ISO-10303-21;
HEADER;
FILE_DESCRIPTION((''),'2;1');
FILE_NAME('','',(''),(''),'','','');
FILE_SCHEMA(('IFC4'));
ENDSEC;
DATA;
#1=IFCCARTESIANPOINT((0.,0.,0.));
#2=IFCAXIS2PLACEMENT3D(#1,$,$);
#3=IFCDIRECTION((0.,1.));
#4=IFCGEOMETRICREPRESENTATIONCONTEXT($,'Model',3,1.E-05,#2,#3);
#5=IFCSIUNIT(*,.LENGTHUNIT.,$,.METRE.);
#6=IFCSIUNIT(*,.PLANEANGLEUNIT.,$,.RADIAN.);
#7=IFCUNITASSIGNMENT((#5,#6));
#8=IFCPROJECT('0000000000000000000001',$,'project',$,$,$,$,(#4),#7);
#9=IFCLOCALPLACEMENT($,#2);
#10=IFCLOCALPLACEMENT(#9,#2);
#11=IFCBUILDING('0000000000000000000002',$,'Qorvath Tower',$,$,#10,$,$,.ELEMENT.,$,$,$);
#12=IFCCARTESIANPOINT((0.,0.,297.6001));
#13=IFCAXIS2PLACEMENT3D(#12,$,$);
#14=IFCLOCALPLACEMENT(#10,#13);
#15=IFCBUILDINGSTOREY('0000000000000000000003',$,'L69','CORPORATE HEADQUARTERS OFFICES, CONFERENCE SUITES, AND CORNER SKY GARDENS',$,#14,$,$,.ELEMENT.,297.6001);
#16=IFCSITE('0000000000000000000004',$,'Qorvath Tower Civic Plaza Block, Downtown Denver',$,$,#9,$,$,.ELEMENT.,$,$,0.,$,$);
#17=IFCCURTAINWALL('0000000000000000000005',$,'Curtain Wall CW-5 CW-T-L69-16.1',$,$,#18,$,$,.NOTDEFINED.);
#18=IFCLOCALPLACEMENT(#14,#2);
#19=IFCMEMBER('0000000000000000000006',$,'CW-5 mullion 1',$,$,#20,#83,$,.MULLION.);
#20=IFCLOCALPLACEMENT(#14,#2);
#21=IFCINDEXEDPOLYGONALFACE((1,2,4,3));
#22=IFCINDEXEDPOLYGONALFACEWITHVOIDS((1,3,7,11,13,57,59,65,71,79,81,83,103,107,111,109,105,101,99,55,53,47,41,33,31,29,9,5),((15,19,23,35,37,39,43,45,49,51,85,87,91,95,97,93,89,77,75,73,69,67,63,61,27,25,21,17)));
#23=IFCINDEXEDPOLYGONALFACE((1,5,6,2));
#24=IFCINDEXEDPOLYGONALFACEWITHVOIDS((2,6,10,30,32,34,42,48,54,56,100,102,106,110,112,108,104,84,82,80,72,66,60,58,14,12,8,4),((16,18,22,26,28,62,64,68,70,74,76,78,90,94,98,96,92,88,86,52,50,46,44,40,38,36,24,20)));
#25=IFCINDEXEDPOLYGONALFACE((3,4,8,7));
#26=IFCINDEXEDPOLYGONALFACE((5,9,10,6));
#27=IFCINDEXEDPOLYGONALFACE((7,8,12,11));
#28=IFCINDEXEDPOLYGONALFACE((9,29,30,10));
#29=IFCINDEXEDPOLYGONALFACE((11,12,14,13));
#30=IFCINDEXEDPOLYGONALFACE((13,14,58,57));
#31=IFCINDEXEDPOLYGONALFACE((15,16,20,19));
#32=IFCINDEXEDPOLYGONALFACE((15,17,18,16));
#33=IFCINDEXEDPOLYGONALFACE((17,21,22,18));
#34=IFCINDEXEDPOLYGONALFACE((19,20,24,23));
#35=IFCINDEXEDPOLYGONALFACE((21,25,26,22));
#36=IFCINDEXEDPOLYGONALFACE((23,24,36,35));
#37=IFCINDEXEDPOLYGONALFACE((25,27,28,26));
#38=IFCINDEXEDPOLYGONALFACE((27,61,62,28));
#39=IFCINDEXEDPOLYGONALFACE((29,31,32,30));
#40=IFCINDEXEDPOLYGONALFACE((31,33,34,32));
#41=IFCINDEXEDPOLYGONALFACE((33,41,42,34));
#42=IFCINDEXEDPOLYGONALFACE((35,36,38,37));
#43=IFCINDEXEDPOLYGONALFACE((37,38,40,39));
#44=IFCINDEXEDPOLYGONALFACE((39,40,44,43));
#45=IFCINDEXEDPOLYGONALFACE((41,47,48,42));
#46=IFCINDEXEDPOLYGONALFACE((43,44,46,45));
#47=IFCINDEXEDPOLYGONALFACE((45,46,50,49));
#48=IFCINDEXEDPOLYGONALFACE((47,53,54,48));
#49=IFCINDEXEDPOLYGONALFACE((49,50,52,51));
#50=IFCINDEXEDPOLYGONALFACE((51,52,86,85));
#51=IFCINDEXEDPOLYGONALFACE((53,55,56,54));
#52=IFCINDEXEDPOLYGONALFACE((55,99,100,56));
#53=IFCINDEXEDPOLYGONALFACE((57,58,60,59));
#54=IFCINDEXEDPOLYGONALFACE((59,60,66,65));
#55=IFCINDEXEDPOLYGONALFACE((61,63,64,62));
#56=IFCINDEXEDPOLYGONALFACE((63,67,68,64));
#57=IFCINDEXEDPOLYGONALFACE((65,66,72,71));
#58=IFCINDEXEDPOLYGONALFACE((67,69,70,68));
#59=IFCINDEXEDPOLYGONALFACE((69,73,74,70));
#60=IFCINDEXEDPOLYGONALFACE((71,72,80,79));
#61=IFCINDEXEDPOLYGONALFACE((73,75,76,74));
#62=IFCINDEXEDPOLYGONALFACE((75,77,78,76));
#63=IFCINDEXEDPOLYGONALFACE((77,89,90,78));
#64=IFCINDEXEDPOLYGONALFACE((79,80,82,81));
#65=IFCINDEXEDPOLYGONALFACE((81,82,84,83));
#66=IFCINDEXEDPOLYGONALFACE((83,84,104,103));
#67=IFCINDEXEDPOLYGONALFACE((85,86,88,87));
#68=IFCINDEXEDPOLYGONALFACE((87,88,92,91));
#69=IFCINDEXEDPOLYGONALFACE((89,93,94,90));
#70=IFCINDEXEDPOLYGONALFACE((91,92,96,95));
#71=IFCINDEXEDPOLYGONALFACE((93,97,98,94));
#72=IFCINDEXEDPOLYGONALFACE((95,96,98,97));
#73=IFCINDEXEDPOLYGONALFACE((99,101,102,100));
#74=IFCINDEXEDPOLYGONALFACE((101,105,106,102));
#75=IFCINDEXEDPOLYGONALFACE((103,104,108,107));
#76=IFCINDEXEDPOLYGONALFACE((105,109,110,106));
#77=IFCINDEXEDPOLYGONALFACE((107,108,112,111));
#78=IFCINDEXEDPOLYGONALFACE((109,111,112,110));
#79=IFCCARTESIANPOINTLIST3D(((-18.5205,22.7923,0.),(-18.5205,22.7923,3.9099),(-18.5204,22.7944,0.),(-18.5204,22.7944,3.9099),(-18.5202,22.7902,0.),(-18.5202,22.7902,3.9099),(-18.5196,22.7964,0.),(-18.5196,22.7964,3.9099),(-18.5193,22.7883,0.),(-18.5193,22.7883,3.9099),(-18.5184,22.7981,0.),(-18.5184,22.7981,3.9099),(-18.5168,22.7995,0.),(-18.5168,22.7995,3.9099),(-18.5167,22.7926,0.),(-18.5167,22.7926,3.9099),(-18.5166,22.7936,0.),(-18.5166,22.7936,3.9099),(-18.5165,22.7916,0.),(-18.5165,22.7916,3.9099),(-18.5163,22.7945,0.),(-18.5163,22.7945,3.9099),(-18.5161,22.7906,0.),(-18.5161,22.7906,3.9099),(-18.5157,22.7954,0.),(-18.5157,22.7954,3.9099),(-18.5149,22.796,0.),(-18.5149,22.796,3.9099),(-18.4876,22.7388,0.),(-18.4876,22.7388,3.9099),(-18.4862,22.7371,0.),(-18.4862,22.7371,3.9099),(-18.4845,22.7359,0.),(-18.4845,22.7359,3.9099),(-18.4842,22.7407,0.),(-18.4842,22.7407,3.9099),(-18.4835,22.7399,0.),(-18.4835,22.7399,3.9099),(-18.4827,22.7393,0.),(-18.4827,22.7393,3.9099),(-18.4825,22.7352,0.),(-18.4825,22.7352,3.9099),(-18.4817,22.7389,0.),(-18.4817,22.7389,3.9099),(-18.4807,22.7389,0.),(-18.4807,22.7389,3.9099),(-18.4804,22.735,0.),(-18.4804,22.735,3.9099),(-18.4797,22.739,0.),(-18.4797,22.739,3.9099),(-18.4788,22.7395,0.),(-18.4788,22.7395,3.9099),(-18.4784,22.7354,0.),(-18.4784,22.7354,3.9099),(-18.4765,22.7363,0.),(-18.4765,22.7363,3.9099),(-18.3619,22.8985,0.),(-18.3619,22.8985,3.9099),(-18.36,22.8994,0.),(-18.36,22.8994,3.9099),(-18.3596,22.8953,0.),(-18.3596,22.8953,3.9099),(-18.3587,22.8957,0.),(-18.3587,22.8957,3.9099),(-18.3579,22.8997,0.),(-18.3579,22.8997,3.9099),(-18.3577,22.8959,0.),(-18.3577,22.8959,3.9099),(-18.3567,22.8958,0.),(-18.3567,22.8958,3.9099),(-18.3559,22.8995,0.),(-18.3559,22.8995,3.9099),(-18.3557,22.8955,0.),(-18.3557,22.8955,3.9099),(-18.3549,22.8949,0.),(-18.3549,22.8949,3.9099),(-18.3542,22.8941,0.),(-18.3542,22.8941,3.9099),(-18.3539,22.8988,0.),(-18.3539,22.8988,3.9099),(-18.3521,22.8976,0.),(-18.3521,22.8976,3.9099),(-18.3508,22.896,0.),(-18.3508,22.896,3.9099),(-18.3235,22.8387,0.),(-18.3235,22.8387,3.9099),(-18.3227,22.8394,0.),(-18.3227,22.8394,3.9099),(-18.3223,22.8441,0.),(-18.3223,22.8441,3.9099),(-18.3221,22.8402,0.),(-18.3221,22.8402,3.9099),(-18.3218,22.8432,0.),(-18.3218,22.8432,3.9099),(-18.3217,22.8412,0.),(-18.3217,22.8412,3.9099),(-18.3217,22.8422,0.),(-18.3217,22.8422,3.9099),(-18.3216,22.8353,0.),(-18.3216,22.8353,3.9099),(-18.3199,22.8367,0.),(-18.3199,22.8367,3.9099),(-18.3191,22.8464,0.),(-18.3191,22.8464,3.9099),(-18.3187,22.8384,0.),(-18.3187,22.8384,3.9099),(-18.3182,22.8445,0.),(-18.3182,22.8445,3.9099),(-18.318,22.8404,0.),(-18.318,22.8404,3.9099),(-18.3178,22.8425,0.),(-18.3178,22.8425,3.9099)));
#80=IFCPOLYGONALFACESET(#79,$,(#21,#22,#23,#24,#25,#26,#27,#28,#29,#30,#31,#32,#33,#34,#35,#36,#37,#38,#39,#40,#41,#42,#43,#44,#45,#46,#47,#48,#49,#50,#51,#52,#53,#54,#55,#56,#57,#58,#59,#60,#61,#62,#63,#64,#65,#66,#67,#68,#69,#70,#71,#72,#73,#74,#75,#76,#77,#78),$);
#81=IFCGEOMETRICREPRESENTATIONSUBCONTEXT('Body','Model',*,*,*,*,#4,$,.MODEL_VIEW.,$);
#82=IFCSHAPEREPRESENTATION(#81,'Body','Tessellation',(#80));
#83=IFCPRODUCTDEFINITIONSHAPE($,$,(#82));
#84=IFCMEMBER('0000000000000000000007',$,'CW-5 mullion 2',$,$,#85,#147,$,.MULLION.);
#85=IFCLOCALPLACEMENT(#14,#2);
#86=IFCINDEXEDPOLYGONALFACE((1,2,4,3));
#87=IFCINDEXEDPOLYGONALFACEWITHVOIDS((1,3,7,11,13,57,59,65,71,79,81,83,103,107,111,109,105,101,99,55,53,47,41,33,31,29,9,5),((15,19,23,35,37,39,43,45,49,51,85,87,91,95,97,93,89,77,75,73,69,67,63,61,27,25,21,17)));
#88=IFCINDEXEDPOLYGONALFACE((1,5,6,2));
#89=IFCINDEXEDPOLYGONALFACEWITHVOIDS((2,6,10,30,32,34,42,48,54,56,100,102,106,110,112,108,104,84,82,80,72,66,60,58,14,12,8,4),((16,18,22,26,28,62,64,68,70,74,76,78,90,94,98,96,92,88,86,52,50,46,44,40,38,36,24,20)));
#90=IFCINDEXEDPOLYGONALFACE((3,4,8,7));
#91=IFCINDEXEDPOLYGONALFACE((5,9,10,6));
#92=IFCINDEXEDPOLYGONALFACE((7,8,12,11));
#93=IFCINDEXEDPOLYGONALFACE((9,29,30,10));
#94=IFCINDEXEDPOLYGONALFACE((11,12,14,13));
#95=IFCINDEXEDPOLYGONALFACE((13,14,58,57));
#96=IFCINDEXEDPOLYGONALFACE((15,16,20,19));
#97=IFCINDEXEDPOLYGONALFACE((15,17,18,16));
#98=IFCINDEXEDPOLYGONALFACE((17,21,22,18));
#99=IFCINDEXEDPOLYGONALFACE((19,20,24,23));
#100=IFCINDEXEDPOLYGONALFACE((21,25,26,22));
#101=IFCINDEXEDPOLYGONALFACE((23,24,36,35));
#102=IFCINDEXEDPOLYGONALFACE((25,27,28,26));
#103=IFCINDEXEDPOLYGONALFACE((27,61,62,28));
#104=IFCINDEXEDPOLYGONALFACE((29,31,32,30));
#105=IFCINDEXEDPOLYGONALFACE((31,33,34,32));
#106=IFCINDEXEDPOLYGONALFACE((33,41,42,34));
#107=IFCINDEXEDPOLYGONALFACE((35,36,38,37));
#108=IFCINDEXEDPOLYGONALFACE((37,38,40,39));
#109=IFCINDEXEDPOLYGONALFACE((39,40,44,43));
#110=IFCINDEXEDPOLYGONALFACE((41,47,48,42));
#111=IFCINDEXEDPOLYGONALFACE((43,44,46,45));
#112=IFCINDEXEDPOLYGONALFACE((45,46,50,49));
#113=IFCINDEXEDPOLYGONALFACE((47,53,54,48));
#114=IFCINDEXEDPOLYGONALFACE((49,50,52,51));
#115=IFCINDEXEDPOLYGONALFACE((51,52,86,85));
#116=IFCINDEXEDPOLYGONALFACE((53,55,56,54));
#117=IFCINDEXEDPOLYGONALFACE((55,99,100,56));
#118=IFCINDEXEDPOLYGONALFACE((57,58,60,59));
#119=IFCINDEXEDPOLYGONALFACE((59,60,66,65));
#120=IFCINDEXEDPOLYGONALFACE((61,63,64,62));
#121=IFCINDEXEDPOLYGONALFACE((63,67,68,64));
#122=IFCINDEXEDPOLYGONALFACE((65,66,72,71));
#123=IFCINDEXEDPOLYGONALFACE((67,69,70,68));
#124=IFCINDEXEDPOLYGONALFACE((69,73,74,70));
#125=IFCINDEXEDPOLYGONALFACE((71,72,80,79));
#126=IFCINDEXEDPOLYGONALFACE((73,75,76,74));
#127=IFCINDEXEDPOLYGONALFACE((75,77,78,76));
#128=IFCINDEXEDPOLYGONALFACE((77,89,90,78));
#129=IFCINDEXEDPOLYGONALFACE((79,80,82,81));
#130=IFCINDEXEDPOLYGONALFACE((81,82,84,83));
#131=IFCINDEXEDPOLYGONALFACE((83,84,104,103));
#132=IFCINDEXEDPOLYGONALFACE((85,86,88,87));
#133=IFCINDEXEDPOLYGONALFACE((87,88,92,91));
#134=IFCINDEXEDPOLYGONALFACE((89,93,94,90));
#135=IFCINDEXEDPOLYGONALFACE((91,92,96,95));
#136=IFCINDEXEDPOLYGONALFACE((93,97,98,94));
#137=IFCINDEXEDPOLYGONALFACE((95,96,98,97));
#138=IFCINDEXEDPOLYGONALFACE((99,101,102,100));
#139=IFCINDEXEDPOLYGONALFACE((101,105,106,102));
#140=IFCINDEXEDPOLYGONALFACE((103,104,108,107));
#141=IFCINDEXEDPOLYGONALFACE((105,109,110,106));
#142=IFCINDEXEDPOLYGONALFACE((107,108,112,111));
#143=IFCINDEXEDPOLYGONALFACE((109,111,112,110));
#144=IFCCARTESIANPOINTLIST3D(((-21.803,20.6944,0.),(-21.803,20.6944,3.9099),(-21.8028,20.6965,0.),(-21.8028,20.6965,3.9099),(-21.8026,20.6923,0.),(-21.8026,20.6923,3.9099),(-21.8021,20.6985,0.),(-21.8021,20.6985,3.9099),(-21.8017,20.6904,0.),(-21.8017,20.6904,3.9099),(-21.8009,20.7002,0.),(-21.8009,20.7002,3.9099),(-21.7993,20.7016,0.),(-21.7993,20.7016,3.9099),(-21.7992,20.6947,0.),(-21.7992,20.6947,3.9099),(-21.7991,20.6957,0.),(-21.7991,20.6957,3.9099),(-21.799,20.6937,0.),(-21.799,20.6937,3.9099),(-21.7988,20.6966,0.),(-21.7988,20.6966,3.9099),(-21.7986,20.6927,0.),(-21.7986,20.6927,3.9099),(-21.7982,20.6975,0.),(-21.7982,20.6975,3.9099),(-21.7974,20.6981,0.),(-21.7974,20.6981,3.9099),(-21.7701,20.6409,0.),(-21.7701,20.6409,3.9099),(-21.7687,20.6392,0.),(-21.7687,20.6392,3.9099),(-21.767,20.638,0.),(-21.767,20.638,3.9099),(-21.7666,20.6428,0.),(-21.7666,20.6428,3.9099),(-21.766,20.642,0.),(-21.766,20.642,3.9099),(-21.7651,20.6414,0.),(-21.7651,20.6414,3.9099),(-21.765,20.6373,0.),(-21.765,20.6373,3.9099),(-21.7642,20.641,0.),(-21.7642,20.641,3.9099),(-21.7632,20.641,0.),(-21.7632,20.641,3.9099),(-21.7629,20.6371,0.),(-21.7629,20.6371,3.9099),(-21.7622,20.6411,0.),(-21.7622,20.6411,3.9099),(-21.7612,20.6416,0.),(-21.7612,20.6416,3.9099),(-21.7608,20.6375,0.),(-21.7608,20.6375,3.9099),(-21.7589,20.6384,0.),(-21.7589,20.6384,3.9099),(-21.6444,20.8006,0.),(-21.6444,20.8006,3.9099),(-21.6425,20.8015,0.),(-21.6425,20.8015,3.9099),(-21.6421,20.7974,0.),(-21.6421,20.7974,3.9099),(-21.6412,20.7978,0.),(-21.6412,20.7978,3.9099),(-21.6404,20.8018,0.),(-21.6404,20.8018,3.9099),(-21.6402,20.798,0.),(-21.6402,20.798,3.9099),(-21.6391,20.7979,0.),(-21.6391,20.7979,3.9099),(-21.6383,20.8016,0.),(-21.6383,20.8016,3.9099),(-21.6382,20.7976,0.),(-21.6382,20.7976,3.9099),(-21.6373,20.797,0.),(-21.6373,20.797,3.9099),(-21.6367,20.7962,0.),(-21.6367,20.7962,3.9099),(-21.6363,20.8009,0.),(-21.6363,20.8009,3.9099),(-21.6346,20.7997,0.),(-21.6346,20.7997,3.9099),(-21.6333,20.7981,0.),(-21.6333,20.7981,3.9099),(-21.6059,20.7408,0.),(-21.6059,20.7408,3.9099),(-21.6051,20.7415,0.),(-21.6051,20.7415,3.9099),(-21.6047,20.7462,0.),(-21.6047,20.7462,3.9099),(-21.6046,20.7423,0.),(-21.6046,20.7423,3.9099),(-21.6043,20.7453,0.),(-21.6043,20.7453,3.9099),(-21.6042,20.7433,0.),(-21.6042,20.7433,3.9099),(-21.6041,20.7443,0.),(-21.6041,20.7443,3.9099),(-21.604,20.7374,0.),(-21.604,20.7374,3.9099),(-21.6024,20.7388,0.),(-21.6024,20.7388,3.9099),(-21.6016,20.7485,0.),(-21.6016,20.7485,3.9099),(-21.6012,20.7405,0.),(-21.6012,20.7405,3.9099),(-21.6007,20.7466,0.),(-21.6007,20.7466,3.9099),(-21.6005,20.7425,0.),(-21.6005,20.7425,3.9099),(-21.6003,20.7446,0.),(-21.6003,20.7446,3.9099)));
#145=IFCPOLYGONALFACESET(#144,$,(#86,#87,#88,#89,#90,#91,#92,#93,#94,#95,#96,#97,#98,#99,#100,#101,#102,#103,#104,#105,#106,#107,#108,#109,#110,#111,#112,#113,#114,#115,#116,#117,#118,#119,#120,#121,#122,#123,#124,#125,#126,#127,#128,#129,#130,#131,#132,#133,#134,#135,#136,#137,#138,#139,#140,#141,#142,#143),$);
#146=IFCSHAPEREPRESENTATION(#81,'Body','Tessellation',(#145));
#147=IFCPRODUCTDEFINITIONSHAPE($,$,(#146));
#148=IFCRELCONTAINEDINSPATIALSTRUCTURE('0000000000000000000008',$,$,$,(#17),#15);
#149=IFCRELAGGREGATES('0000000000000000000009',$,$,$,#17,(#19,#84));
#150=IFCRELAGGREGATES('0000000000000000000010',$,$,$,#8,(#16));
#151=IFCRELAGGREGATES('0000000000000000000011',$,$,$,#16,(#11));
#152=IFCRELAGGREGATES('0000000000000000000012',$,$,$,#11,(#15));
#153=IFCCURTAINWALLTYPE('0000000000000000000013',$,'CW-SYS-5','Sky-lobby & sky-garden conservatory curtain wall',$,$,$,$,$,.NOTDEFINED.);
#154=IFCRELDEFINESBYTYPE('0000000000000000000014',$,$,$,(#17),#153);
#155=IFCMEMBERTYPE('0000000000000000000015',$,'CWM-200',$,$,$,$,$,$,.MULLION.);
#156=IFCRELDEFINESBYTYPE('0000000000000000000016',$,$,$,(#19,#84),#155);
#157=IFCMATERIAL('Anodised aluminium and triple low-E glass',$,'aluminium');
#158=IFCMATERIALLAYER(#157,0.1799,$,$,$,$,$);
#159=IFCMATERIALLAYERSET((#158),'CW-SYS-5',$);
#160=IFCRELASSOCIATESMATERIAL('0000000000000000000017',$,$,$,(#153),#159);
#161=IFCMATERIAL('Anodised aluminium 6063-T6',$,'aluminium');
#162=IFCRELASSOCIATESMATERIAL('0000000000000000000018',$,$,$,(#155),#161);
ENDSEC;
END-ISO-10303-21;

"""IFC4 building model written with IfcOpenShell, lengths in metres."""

from ifc_helpers import new_model, si_unit, direction, frame, origin, origin_2d, place, context, subcontext, project, spatial, hollow_rectangle, extrude, material, layer, layer_set, material_profile, profile_set, type_object, element, aggregate, save


model = new_model("IFC4")

# Units and contexts
model_context = context("Model", 3, precision=1e-05, world=origin(), true_north=direction((0.0, 1.0)))
body_context = subcontext(model_context, "Body", "Model", "MODEL_VIEW")
ifc_project = project(units=[si_unit("LENGTHUNIT", "METRE"), si_unit("PLANEANGLEUNIT", "RADIAN")], contexts=[model_context])

# Site, building, storey
site_placement = place(None, origin())
site = spatial("IfcSite", under=ifc_project, at=site_placement, Name="Qorvath Tower Civic Plaza Block, Downtown Denver", CompositionType="ELEMENT", RefElevation=0.0)
building_placement = place(site_placement, origin())
building = spatial("IfcBuilding", under=site, at=building_placement, Name="Qorvath Tower", CompositionType="ELEMENT")
storey_placement = place(building_placement, frame((0.0, 0.0, 297.6001)))
storey = spatial("IfcBuildingStorey", under=building, at=storey_placement, Name="L69", Description="CORPORATE HEADQUARTERS OFFICES, CONFERENCE SUITES, AND CORNER SKY GARDENS", CompositionType="ELEMENT", Elevation=297.6001)

# Shared definitions
ifc_material_1 = material(Name="Anodised aluminium and triple low-E glass", Category="aluminium")
ifc_layer_1 = layer(ifc_material_1, 0.1799)
ifc_layer_set_1 = layer_set([ifc_layer_1], Name="CW-SYS-5")
curtain_wall_type = type_object("IfcCurtainWallType", Name="CW-SYS-5", Description="Sky-lobby & sky-garden conservatory curtain wall", PredefinedType="NOTDEFINED", material=ifc_layer_set_1)
ifc_material_2 = material(Name="Anodised aluminium 6063-T6", Category="aluminium")
ifc_material_profile_1 = material_profile(ifc_material_2, hollow_rectangle(XDim=0.075, YDim=0.2, WallThickness=0.0039, InnerFilletRadius=0.0039, OuterFilletRadius=0.0081, at=origin_2d()), Name="CWM 200x75")
ifc_profile_set_1 = profile_set([ifc_material_profile_1], Name="Anodised aluminium 6063-T6")
member_type_1 = type_object("IfcMemberType", Name="CWM-200", PredefinedType="MULLION", material=ifc_profile_set_1)

# Curtain wall, members
curtain_wall_1_placement = place(storey_placement, origin())
curtain_wall_1 = element("IfcCurtainWall", 1, at=curtain_wall_1_placement, inside=storey, type_object=curtain_wall_type, Name="Curtain Wall CW-5 CW-T-L69-16.1", PredefinedType="NOTDEFINED")
member_1_placement = place(storey_placement, frame((-18.4192, 22.8174, 0.0), z_axis=(0.0, 0.0, 1.0), x_axis=(0.538545, -0.842597, 0.0)))
member_1 = element("IfcMember", 2, at=member_1_placement, type_object=member_type_1, Name="CW-5 mullion 1", PredefinedType="MULLION", context=body_context, shape_type="SweptSolid", body=[
    extrude(hollow_rectangle(XDim=0.075, YDim=0.2, WallThickness=0.0039, InnerFilletRadius=0.0039, OuterFilletRadius=0.0081, at=origin_2d()), origin(), (0.0, 0.0, 1.0), 3.9099),
])
member_2_placement = place(storey_placement, frame((-21.7017, 20.7195, 0.0), z_axis=(0.0, 0.0, 1.0), x_axis=(0.538545, -0.842597, 0.0)))
member_2 = element("IfcMember", 3, at=member_2_placement, type_object=member_type_1, Name="CW-5 mullion 2", PredefinedType="MULLION", context=body_context, shape_type="SweptSolid", body=[
    extrude(hollow_rectangle(XDim=0.075, YDim=0.2, WallThickness=0.0039, InnerFilletRadius=0.0039, OuterFilletRadius=0.0081, at=origin_2d()), origin(), (0.0, 0.0, 1.0), 3.9099),
])

aggregate(curtain_wall_1, [member_1, member_2])

save(model, "model.ifc")
